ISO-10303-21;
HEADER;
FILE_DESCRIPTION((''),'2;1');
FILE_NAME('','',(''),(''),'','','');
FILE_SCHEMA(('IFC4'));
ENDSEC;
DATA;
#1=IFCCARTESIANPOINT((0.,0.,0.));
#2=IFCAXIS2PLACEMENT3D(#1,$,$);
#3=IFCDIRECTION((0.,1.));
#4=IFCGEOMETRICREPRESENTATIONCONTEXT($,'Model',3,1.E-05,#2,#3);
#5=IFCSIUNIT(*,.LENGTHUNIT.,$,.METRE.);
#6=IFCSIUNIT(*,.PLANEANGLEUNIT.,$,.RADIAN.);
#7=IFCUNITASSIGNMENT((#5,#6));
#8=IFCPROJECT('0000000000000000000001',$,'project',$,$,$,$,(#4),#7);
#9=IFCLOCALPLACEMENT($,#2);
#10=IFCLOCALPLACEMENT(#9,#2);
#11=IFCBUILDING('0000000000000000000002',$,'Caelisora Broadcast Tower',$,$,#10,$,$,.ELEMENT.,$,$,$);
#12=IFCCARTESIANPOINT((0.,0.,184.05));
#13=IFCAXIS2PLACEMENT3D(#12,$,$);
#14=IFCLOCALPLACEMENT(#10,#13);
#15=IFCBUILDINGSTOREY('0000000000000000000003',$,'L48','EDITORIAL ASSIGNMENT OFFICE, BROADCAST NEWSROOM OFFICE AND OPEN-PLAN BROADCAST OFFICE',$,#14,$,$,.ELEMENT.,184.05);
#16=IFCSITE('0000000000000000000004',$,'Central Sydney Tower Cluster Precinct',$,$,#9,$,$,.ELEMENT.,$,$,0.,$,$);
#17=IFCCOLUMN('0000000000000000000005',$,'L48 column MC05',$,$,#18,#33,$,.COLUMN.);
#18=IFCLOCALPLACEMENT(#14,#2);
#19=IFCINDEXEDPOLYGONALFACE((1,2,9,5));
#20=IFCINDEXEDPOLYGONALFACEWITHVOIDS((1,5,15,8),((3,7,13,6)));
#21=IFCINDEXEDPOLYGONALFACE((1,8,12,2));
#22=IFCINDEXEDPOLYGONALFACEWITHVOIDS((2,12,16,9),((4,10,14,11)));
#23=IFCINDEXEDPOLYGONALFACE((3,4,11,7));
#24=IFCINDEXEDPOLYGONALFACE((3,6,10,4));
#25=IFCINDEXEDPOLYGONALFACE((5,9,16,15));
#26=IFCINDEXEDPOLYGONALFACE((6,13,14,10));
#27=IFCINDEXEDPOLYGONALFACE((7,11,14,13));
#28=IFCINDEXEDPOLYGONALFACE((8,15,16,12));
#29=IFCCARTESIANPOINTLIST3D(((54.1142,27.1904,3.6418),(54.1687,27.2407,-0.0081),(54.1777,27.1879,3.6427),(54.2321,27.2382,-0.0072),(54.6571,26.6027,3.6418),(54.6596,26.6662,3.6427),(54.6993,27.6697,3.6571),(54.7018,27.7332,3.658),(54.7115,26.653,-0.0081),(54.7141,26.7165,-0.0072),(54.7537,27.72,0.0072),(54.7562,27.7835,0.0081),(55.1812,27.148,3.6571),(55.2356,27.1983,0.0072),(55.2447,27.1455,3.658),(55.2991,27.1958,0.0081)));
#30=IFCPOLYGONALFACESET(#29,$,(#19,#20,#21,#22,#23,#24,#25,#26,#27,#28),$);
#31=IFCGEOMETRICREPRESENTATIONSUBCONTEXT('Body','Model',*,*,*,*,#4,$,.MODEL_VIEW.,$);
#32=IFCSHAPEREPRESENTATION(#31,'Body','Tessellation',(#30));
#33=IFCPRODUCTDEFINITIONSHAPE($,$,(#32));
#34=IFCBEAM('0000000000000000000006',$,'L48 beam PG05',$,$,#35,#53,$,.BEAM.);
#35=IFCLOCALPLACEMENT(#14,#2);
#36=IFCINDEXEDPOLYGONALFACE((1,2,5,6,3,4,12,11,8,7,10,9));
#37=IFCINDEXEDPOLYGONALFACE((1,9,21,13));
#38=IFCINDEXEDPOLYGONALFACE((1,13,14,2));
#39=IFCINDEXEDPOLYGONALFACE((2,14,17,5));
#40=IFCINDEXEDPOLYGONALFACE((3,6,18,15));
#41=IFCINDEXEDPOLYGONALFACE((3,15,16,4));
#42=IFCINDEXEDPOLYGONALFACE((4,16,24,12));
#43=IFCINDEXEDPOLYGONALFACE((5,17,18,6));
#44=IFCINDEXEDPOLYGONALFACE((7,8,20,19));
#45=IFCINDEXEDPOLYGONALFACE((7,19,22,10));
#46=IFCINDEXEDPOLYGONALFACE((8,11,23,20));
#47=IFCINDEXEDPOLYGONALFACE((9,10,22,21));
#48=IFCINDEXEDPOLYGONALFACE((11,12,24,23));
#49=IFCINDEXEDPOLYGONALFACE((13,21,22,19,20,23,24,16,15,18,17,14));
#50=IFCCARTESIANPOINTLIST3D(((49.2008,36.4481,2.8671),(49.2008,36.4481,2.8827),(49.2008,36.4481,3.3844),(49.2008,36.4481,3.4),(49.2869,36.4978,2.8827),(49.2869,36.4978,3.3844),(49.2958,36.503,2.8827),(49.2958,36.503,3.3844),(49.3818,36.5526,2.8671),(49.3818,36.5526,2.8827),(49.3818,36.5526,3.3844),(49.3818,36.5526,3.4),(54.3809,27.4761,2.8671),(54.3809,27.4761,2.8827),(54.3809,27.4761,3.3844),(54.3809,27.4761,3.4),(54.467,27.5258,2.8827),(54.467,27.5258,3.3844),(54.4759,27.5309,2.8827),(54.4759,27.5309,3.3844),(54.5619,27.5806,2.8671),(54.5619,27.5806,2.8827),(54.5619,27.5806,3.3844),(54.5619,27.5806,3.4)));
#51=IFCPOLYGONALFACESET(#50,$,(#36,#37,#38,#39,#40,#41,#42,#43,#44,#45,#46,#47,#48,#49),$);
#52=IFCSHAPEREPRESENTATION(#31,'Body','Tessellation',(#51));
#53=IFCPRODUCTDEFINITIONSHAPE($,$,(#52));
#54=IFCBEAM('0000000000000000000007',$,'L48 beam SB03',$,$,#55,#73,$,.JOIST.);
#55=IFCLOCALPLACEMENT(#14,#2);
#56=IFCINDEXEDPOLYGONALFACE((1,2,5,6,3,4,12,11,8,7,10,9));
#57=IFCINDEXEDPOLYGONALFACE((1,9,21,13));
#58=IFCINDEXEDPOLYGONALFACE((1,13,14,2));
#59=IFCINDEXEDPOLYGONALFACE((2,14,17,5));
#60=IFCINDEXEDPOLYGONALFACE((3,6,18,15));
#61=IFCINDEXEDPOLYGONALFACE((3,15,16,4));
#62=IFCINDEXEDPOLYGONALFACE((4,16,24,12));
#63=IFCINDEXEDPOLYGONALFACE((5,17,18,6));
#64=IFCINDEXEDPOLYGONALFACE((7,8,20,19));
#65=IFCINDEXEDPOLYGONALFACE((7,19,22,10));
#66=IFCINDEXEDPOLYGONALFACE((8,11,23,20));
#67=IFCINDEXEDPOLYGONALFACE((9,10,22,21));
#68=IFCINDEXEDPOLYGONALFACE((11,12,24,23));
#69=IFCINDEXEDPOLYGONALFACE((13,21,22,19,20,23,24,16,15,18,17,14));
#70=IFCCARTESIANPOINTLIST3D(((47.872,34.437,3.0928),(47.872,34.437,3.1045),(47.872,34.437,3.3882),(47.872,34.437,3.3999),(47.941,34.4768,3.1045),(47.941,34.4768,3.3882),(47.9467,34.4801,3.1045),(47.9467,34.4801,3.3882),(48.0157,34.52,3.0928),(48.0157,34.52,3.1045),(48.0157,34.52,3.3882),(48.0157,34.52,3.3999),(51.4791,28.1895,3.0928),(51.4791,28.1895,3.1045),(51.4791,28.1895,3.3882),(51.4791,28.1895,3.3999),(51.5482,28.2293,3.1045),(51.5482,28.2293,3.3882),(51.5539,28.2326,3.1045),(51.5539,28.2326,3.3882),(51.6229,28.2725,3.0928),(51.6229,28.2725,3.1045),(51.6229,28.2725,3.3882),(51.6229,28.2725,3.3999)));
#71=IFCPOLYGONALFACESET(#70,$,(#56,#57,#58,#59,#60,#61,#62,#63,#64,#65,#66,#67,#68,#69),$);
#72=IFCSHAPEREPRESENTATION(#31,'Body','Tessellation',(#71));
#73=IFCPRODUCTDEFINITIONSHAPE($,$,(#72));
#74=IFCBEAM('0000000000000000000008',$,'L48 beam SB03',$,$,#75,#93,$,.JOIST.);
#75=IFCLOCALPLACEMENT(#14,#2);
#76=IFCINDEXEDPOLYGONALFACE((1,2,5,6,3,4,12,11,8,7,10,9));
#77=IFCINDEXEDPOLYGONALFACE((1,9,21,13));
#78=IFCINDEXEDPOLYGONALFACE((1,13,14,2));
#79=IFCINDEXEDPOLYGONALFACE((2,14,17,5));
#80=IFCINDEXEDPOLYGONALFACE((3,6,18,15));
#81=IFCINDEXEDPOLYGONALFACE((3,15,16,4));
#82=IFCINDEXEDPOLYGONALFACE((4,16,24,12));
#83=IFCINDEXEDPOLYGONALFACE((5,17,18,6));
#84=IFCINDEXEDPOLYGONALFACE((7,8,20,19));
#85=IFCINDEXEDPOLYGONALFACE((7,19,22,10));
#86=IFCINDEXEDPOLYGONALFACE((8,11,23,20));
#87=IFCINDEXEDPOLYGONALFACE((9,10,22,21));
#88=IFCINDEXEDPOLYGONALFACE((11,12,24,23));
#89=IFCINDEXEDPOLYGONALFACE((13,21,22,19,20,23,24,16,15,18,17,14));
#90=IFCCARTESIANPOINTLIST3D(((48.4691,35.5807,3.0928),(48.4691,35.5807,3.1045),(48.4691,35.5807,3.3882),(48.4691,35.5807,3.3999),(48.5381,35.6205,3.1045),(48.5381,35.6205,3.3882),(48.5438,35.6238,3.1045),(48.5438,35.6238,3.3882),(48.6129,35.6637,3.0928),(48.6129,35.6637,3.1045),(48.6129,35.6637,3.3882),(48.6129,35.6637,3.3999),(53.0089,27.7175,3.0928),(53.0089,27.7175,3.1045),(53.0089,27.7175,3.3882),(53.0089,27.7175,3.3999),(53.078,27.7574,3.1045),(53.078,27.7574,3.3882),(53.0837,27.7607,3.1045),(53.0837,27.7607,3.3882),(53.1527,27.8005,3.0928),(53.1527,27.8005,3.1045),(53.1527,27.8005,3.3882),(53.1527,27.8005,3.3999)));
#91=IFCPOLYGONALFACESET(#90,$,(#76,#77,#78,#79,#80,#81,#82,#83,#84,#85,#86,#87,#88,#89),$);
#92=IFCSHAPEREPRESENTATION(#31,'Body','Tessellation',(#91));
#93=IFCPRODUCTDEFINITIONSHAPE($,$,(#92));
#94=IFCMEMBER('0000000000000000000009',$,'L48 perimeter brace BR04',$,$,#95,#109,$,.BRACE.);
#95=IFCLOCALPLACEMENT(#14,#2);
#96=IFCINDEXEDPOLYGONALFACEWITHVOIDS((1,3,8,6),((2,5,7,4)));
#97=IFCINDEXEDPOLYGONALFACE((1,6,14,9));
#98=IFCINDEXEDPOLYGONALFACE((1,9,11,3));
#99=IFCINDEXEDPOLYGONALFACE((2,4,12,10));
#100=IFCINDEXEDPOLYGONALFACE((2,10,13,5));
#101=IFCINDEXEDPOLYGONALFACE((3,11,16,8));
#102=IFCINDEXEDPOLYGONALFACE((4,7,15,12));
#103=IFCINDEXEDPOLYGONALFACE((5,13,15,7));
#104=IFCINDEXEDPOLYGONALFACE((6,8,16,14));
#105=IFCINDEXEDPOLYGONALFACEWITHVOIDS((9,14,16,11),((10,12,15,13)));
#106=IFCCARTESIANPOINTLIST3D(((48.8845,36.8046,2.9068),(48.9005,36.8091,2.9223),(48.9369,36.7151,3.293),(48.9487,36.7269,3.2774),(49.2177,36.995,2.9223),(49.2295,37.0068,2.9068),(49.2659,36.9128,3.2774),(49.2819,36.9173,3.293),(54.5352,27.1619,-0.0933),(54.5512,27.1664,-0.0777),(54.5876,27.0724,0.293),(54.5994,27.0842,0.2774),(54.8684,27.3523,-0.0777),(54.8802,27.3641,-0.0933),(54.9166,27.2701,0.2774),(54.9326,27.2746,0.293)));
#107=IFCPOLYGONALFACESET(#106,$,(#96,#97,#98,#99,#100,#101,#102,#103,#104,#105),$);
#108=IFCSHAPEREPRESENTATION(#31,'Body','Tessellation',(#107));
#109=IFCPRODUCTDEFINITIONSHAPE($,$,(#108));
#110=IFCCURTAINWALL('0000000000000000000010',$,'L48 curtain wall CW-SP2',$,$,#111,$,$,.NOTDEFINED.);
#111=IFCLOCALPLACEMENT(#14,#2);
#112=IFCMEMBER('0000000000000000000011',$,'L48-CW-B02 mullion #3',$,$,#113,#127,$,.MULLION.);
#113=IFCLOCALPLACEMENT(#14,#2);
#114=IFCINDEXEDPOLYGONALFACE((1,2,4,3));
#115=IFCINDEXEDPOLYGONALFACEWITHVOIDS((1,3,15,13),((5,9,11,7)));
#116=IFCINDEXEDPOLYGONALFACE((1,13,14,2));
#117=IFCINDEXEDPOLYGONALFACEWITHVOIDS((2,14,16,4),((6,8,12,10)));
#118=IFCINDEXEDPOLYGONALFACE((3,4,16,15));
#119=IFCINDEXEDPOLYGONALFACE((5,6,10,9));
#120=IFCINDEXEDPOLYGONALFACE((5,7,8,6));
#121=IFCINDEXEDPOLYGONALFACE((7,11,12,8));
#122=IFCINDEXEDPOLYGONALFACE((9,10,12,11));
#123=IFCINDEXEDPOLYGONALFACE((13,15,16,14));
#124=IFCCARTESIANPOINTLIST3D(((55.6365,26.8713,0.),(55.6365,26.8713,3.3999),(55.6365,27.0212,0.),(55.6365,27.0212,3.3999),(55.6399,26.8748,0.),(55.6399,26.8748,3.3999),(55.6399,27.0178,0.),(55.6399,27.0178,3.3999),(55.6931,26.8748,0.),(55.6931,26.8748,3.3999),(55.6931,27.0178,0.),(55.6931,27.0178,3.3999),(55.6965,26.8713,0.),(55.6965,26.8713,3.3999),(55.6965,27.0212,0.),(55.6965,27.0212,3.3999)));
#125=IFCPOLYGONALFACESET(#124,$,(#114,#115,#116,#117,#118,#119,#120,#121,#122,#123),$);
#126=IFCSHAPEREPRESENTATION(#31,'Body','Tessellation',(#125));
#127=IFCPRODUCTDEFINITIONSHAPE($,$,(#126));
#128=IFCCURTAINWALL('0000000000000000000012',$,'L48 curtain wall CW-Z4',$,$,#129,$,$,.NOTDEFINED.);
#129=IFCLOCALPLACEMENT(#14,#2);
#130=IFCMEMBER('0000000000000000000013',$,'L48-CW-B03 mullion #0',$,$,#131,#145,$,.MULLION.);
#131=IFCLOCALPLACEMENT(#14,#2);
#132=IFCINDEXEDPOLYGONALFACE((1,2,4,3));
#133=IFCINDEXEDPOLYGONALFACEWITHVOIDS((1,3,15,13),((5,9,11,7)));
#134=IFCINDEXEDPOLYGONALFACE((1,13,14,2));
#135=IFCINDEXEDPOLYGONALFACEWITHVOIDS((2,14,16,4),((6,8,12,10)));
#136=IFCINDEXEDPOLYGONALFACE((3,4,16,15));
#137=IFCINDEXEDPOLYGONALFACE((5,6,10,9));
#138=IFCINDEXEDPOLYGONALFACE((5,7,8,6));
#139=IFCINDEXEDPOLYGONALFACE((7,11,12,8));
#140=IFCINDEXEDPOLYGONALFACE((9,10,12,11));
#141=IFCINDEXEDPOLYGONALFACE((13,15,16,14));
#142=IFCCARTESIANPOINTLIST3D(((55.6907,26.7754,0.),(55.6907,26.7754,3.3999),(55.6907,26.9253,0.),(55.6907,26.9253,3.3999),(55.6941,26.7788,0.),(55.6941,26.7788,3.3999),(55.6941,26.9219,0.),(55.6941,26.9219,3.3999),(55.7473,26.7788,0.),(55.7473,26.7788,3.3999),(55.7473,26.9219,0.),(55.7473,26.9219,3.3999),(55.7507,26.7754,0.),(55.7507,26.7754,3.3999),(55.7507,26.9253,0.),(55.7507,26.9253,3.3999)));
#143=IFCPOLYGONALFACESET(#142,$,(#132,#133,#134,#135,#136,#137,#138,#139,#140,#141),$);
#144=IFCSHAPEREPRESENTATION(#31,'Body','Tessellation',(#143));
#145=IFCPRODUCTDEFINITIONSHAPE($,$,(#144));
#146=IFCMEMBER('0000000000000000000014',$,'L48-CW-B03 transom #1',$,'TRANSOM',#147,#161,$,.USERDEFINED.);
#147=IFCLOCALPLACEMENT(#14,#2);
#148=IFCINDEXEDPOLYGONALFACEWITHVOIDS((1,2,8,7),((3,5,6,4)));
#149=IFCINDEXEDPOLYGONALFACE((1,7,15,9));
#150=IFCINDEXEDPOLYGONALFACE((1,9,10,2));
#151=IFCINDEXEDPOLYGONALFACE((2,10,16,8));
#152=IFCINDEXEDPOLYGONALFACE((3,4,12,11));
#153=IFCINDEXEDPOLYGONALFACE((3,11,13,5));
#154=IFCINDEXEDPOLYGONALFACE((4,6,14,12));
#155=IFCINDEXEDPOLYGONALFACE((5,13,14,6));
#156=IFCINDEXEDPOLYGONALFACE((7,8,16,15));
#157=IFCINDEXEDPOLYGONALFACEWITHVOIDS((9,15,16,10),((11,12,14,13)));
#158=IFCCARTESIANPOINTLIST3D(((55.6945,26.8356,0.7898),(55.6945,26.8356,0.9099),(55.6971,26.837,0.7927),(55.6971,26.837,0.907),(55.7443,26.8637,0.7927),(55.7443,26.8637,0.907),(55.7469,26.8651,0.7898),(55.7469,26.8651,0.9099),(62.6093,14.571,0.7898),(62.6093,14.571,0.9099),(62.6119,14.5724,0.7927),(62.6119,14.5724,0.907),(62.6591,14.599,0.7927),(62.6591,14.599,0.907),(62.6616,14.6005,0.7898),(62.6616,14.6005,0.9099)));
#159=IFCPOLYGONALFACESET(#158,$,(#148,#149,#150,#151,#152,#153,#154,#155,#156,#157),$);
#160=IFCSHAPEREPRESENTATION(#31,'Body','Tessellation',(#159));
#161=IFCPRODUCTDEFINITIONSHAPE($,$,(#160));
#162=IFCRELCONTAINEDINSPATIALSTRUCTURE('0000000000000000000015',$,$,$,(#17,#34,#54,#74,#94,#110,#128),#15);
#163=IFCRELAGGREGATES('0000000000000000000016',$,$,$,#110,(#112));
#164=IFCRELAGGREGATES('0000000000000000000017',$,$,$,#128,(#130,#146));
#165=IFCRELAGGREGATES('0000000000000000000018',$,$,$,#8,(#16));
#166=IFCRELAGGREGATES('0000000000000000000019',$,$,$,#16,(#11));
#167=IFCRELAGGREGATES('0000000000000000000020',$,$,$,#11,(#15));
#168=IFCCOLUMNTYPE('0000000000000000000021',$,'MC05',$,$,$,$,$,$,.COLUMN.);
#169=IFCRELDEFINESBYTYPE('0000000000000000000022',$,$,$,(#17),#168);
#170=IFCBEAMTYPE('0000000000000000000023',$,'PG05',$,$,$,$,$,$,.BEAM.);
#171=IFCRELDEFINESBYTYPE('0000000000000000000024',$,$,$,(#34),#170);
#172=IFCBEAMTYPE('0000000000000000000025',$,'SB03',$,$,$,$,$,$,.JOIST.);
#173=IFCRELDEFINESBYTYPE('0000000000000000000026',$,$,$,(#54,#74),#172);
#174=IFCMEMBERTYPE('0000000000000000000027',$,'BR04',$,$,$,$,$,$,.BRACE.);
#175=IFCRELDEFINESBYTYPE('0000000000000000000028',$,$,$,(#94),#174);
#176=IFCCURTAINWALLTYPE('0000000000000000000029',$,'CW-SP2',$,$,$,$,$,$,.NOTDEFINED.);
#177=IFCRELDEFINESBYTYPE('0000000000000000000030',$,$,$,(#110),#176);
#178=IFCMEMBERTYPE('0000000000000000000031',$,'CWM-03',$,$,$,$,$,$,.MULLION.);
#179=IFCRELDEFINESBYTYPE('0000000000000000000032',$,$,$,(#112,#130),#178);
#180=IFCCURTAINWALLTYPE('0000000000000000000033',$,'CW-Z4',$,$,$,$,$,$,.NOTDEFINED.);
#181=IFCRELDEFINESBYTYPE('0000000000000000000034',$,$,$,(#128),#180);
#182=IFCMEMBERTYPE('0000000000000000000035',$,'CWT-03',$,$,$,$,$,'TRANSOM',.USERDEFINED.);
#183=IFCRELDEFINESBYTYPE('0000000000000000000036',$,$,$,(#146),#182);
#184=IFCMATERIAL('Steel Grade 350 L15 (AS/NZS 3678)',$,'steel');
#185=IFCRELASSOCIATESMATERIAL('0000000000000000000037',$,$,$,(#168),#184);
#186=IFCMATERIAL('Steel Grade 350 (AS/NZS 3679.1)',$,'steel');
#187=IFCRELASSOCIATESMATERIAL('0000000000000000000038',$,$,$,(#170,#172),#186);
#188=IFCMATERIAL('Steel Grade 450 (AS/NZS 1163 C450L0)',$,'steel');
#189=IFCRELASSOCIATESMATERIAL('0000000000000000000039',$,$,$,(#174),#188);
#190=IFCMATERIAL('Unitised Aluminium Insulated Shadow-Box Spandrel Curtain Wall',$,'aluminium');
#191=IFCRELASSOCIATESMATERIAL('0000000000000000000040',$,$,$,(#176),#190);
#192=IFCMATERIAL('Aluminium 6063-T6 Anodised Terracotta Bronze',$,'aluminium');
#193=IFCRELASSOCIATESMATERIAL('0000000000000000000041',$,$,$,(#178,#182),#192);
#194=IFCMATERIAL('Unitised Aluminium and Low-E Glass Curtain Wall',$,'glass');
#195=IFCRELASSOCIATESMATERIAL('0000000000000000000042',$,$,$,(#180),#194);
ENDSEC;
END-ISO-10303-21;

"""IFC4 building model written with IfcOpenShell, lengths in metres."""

from ifc_helpers import new_model, si_unit, direction, frame, origin, origin_2d, place, context, subcontext, project, spatial, hollow_rectangle, i_section, extrude, source, transform, mapped, material, material_profile, profile_set, type_object, type_shapes, element, aggregate, save


model = new_model("IFC4")

# Units and contexts
model_context = context("Model", 3, precision=1e-05, world=origin(), true_north=direction((0.0, 1.0)))
body_context = subcontext(model_context, "Body", "Model", "MODEL_VIEW")
ifc_project = project(units=[si_unit("LENGTHUNIT", "METRE"), si_unit("PLANEANGLEUNIT", "RADIAN")], contexts=[model_context])

# Site, building, storey
site_placement = place(None, origin())
site = spatial("IfcSite", under=ifc_project, at=site_placement, Name="Central Sydney Tower Cluster Precinct", CompositionType="ELEMENT", RefElevation=0.0)
building_placement = place(site_placement, origin())
building = spatial("IfcBuilding", under=site, at=building_placement, Name="Caelisora Broadcast Tower", CompositionType="ELEMENT")
storey_placement = place(building_placement, frame((0.0, 0.0, 184.05)))
storey = spatial("IfcBuildingStorey", under=building, at=storey_placement, Name="L48", Description="EDITORIAL ASSIGNMENT OFFICE, BROADCAST NEWSROOM OFFICE AND OPEN-PLAN BROADCAST OFFICE", CompositionType="ELEMENT", Elevation=184.05)

# Column
ifc_material_1 = material(Name="Steel Grade 350 L15 (AS/NZS 3678)", Category="steel")
ifc_material_profile_1 = material_profile(ifc_material_1, hollow_rectangle(XDim=0.8, YDim=0.8, WallThickness=0.0449, at=origin_2d()), Name="Steel Grade 350 L15 (AS/NZS 3678)")
ifc_profile_set_1 = profile_set([ifc_material_profile_1], Name="Steel Grade 350 L15 (AS/NZS 3678)")
column_type = type_object("IfcColumnType", Name="MC05", PredefinedType="COLUMN", material=ifc_profile_set_1)
shared_shape_1 = source(origin(), body_context, "Body", "SweptSolid", [
    extrude(hollow_rectangle(XDim=0.8, YDim=0.8, WallThickness=0.0449, at=origin_2d()), origin(), (0.0, 0.0, 1.0), 3.6506),
])
type_shapes(column_type, [shared_shape_1])
column_placement = place(storey_placement, frame((54.7339, 27.2183, 0.0), z_axis=(-0.014913, -0.013776, 0.999794), x_axis=(0.678554, -0.734551, 0.0)))
element("IfcColumn", 1, at=column_placement, inside=storey, type_object=column_type, Name="L48 column MC05", PredefinedType="COLUMN", context=body_context, shape_type="MappedRepresentation", body=[
    mapped(shared_shape_1, transform((0.0, 0.0, 0.0), scale=1.0)),
])

# Beams
ifc_material_2 = material(Name="Steel Grade 350 (AS/NZS 3679.1)", Category="steel")
ifc_material_profile_2 = material_profile(ifc_material_2, i_section(OverallWidth=0.209, OverallDepth=0.533, WebThickness=0.0103, FlangeThickness=0.0156, at=origin_2d()), Name="Steel Grade 350 (AS/NZS 3679.1)")
ifc_profile_set_2 = profile_set([ifc_material_profile_2], Name="Steel Grade 350 (AS/NZS 3679.1)")
beam_type_1 = type_object("IfcBeamType", Name="PG05", PredefinedType="BEAM", material=ifc_profile_set_2)
shared_shape_2 = source(origin(), body_context, "Body", "SweptSolid", [
    extrude(i_section(OverallWidth=0.209, OverallDepth=0.533, WebThickness=0.0103, FlangeThickness=0.0156, at=origin_2d()), origin(), (0.0, 0.0, 1.0), 10.3601),
])
type_shapes(beam_type_1, [shared_shape_2])
beam_1_placement = place(storey_placement, frame((54.4714, 27.5283, 3.1335), z_axis=(-0.500007, 0.866022, 0.0), x_axis=(-0.866022, -0.500007, 0.0)))
element("IfcBeam", 2, at=beam_1_placement, inside=storey, type_object=beam_type_1, Name="L48 beam PG05", PredefinedType="BEAM", context=body_context, shape_type="MappedRepresentation", body=[
    mapped(shared_shape_2, transform((0.0, 0.0, 0.0), scale=1.0)),
])
ifc_material_profile_3 = material_profile(ifc_material_2, i_section(OverallWidth=0.166, OverallDepth=0.3071, WebThickness=0.0066, FlangeThickness=0.0117, at=origin_2d()), Name="Steel Grade 350 (AS/NZS 3679.1)")
ifc_profile_set_3 = profile_set([ifc_material_profile_3], Name="Steel Grade 350 (AS/NZS 3679.1)")
beam_type_2 = type_object("IfcBeamType", Name="SB03", PredefinedType="JOIST", material=ifc_profile_set_3)
shared_shape_3 = source(origin(), body_context, "Body", "SweptSolid", [
    extrude(i_section(OverallWidth=0.166, OverallDepth=0.3071, WebThickness=0.0066, FlangeThickness=0.0117, at=origin_2d()), origin(), (0.0, 0.0, 1.0), 7.2141),
])
beam_2_placement = place(storey_placement, frame((51.551, 28.231, 3.2463), z_axis=(-0.500015, 0.866017, 0.0), x_axis=(-0.866017, -0.500015, 0.0)))
element("IfcBeam", 3, at=beam_2_placement, inside=storey, type_object=beam_type_2, Name="L48 beam SB03", PredefinedType="JOIST", context=body_context, shape_type="MappedRepresentation", body=[
    mapped(shared_shape_3, transform((0.0, 0.0, 0.0), scale=1.0)),
])
shared_shape_4 = source(origin(), body_context, "Body", "SweptSolid", [
    extrude(i_section(OverallWidth=0.166, OverallDepth=0.3071, WebThickness=0.0066, FlangeThickness=0.0117, at=origin_2d()), origin(), (0.0, 0.0, 1.0), 9.0796),
])
type_shapes(beam_type_2, [shared_shape_3, shared_shape_4])
beam_3_placement = place(storey_placement, frame((53.0808, 27.759, 3.2463), z_axis=(-0.500006, 0.866022, 0.0), x_axis=(-0.866022, -0.500006, 0.0)))
element("IfcBeam", 4, at=beam_3_placement, inside=storey, type_object=beam_type_2, Name="L48 beam SB03", PredefinedType="JOIST", context=body_context, shape_type="MappedRepresentation", body=[
    mapped(shared_shape_4, transform((0.0, 0.0, 0.0), scale=1.0)),
])

# Member
ifc_material_3 = material(Name="Steel Grade 450 (AS/NZS 1163 C450L0)", Category="steel")
ifc_material_profile_4 = material_profile(ifc_material_3, hollow_rectangle(XDim=0.3999, YDim=0.3999, WallThickness=0.0161, at=origin_2d()), Name="Steel Grade 450 (AS/NZS 1163 C450L0)")
ifc_profile_set_4 = profile_set([ifc_material_profile_4], Name="Steel Grade 450 (AS/NZS 1163 C450L0)")
member_type_1 = type_object("IfcMemberType", Name="BR04", PredefinedType="BRACE", material=ifc_profile_set_4)
shared_shape_5 = source(origin(), body_context, "Body", "SweptSolid", [
    extrude(hollow_rectangle(XDim=0.3999, YDim=0.3999, WallThickness=0.0161, at=origin_2d()), origin(), (0.0, 0.0, 1.0), 11.572),
])
type_shapes(member_type_1, [shared_shape_5])
member_1_placement = place(storey_placement, frame((54.7339, 27.2183, 0.0999), z_axis=(-0.488306, 0.833275, 0.259249), x_axis=(-0.862773, -0.505592, 0.0)))
element("IfcMember", 5, at=member_1_placement, inside=storey, type_object=member_type_1, Name="L48 perimeter brace BR04", PredefinedType="BRACE", context=body_context, shape_type="MappedRepresentation", body=[
    mapped(shared_shape_5, transform((0.0, 0.0, 0.0), scale=1.0)),
])

# Curtain wall, member
ifc_material_4 = material(Name="Unitised Aluminium Insulated Shadow-Box Spandrel Curtain Wall", Category="aluminium")
curtain_wall_type_1 = type_object("IfcCurtainWallType", Name="CW-SP2", PredefinedType="NOTDEFINED", material=ifc_material_4)
curtain_wall_1_placement = place(storey_placement, origin())
curtain_wall_1 = element("IfcCurtainWall", 6, at=curtain_wall_1_placement, inside=storey, type_object=curtain_wall_type_1, Name="L48 curtain wall CW-SP2", PredefinedType="NOTDEFINED")
ifc_material_5 = material(Name="Aluminium 6063-T6 Anodised Terracotta Bronze", Category="aluminium")
ifc_material_profile_5 = material_profile(ifc_material_5, hollow_rectangle(XDim=0.0601, YDim=0.1499, WallThickness=0.0034, at=origin_2d()), Name="Aluminium 6063-T6 Anodised Terracotta Bronze")
ifc_profile_set_5 = profile_set([ifc_material_profile_5], Name="Aluminium 6063-T6 Anodised Terracotta Bronze")
member_type_2 = type_object("IfcMemberType", Name="CWM-03", PredefinedType="MULLION", material=ifc_profile_set_5)
shared_shape_6 = source(origin(), body_context, "Body", "SweptSolid", [
    extrude(hollow_rectangle(XDim=0.0601, YDim=0.1499, WallThickness=0.0034, at=origin_2d()), origin(), (0.0, 0.0, 1.0), 3.3999),
])
type_shapes(member_type_2, [shared_shape_6])
member_2_placement = place(storey_placement, frame((55.6665, 26.9463, 0.0), z_axis=(0.0, 0.0, 1.0), x_axis=(1.0, 0.0, 0.0)))
member_2 = element("IfcMember", 7, at=member_2_placement, type_object=member_type_2, Name="L48-CW-B02 mullion #3", PredefinedType="MULLION", context=body_context, shape_type="MappedRepresentation", body=[
    mapped(shared_shape_6, transform((0.0, 0.0, 0.0), scale=1.0)),
])

# Curtain wall, members
ifc_material_6 = material(Name="Unitised Aluminium and Low-E Glass Curtain Wall", Category="glass")
curtain_wall_type_2 = type_object("IfcCurtainWallType", Name="CW-Z4", PredefinedType="NOTDEFINED", material=ifc_material_6)
curtain_wall_2_placement = place(storey_placement, origin())
curtain_wall_2 = element("IfcCurtainWall", 8, at=curtain_wall_2_placement, inside=storey, type_object=curtain_wall_type_2, Name="L48 curtain wall CW-Z4", PredefinedType="NOTDEFINED")
member_3_placement = place(storey_placement, frame((55.7207, 26.8503, 0.0), z_axis=(0.0, 0.0, 1.0), x_axis=(1.0, 0.0, 0.0)))
member_3 = element("IfcMember", 9, at=member_3_placement, type_object=member_type_2, Name="L48-CW-B03 mullion #0", PredefinedType="MULLION", context=body_context, shape_type="MappedRepresentation", body=[
    mapped(shared_shape_6, transform((0.0, 0.0, 0.0), scale=1.0)),
])
ifc_material_profile_6 = material_profile(ifc_material_5, hollow_rectangle(XDim=0.0601, YDim=0.1201, WallThickness=0.0029, at=origin_2d()), Name="Aluminium 6063-T6 Anodised Terracotta Bronze")
ifc_profile_set_6 = profile_set([ifc_material_profile_6], Name="Aluminium 6063-T6 Anodised Terracotta Bronze")
member_type_3 = type_object("IfcMemberType", Name="CWT-03", ElementType="TRANSOM", PredefinedType="USERDEFINED", material=ifc_profile_set_6)
shared_shape_7 = source(origin(), body_context, "Body", "SweptSolid", [
    extrude(hollow_rectangle(XDim=0.0601, YDim=0.1201, WallThickness=0.0029, at=origin_2d()), origin(), (0.0, 0.0, 1.0), 14.0796),
])
type_shapes(member_type_3, [shared_shape_7])
member_4_placement = place(storey_placement, frame((55.7207, 26.8503, 0.8499), z_axis=(0.49112, -0.871092, 0.0), x_axis=(0.871092, 0.49112, 0.0)))
member_4 = element("IfcMember", 10, at=member_4_placement, type_object=member_type_3, Name="L48-CW-B03 transom #1", ObjectType="TRANSOM", PredefinedType="USERDEFINED", context=body_context, shape_type="MappedRepresentation", body=[
    mapped(shared_shape_7, transform((0.0, 0.0, 0.0), scale=1.0)),
])

aggregate(curtain_wall_1, [member_2])
aggregate(curtain_wall_2, [member_3, member_4])

save(model, "model.ifc")
